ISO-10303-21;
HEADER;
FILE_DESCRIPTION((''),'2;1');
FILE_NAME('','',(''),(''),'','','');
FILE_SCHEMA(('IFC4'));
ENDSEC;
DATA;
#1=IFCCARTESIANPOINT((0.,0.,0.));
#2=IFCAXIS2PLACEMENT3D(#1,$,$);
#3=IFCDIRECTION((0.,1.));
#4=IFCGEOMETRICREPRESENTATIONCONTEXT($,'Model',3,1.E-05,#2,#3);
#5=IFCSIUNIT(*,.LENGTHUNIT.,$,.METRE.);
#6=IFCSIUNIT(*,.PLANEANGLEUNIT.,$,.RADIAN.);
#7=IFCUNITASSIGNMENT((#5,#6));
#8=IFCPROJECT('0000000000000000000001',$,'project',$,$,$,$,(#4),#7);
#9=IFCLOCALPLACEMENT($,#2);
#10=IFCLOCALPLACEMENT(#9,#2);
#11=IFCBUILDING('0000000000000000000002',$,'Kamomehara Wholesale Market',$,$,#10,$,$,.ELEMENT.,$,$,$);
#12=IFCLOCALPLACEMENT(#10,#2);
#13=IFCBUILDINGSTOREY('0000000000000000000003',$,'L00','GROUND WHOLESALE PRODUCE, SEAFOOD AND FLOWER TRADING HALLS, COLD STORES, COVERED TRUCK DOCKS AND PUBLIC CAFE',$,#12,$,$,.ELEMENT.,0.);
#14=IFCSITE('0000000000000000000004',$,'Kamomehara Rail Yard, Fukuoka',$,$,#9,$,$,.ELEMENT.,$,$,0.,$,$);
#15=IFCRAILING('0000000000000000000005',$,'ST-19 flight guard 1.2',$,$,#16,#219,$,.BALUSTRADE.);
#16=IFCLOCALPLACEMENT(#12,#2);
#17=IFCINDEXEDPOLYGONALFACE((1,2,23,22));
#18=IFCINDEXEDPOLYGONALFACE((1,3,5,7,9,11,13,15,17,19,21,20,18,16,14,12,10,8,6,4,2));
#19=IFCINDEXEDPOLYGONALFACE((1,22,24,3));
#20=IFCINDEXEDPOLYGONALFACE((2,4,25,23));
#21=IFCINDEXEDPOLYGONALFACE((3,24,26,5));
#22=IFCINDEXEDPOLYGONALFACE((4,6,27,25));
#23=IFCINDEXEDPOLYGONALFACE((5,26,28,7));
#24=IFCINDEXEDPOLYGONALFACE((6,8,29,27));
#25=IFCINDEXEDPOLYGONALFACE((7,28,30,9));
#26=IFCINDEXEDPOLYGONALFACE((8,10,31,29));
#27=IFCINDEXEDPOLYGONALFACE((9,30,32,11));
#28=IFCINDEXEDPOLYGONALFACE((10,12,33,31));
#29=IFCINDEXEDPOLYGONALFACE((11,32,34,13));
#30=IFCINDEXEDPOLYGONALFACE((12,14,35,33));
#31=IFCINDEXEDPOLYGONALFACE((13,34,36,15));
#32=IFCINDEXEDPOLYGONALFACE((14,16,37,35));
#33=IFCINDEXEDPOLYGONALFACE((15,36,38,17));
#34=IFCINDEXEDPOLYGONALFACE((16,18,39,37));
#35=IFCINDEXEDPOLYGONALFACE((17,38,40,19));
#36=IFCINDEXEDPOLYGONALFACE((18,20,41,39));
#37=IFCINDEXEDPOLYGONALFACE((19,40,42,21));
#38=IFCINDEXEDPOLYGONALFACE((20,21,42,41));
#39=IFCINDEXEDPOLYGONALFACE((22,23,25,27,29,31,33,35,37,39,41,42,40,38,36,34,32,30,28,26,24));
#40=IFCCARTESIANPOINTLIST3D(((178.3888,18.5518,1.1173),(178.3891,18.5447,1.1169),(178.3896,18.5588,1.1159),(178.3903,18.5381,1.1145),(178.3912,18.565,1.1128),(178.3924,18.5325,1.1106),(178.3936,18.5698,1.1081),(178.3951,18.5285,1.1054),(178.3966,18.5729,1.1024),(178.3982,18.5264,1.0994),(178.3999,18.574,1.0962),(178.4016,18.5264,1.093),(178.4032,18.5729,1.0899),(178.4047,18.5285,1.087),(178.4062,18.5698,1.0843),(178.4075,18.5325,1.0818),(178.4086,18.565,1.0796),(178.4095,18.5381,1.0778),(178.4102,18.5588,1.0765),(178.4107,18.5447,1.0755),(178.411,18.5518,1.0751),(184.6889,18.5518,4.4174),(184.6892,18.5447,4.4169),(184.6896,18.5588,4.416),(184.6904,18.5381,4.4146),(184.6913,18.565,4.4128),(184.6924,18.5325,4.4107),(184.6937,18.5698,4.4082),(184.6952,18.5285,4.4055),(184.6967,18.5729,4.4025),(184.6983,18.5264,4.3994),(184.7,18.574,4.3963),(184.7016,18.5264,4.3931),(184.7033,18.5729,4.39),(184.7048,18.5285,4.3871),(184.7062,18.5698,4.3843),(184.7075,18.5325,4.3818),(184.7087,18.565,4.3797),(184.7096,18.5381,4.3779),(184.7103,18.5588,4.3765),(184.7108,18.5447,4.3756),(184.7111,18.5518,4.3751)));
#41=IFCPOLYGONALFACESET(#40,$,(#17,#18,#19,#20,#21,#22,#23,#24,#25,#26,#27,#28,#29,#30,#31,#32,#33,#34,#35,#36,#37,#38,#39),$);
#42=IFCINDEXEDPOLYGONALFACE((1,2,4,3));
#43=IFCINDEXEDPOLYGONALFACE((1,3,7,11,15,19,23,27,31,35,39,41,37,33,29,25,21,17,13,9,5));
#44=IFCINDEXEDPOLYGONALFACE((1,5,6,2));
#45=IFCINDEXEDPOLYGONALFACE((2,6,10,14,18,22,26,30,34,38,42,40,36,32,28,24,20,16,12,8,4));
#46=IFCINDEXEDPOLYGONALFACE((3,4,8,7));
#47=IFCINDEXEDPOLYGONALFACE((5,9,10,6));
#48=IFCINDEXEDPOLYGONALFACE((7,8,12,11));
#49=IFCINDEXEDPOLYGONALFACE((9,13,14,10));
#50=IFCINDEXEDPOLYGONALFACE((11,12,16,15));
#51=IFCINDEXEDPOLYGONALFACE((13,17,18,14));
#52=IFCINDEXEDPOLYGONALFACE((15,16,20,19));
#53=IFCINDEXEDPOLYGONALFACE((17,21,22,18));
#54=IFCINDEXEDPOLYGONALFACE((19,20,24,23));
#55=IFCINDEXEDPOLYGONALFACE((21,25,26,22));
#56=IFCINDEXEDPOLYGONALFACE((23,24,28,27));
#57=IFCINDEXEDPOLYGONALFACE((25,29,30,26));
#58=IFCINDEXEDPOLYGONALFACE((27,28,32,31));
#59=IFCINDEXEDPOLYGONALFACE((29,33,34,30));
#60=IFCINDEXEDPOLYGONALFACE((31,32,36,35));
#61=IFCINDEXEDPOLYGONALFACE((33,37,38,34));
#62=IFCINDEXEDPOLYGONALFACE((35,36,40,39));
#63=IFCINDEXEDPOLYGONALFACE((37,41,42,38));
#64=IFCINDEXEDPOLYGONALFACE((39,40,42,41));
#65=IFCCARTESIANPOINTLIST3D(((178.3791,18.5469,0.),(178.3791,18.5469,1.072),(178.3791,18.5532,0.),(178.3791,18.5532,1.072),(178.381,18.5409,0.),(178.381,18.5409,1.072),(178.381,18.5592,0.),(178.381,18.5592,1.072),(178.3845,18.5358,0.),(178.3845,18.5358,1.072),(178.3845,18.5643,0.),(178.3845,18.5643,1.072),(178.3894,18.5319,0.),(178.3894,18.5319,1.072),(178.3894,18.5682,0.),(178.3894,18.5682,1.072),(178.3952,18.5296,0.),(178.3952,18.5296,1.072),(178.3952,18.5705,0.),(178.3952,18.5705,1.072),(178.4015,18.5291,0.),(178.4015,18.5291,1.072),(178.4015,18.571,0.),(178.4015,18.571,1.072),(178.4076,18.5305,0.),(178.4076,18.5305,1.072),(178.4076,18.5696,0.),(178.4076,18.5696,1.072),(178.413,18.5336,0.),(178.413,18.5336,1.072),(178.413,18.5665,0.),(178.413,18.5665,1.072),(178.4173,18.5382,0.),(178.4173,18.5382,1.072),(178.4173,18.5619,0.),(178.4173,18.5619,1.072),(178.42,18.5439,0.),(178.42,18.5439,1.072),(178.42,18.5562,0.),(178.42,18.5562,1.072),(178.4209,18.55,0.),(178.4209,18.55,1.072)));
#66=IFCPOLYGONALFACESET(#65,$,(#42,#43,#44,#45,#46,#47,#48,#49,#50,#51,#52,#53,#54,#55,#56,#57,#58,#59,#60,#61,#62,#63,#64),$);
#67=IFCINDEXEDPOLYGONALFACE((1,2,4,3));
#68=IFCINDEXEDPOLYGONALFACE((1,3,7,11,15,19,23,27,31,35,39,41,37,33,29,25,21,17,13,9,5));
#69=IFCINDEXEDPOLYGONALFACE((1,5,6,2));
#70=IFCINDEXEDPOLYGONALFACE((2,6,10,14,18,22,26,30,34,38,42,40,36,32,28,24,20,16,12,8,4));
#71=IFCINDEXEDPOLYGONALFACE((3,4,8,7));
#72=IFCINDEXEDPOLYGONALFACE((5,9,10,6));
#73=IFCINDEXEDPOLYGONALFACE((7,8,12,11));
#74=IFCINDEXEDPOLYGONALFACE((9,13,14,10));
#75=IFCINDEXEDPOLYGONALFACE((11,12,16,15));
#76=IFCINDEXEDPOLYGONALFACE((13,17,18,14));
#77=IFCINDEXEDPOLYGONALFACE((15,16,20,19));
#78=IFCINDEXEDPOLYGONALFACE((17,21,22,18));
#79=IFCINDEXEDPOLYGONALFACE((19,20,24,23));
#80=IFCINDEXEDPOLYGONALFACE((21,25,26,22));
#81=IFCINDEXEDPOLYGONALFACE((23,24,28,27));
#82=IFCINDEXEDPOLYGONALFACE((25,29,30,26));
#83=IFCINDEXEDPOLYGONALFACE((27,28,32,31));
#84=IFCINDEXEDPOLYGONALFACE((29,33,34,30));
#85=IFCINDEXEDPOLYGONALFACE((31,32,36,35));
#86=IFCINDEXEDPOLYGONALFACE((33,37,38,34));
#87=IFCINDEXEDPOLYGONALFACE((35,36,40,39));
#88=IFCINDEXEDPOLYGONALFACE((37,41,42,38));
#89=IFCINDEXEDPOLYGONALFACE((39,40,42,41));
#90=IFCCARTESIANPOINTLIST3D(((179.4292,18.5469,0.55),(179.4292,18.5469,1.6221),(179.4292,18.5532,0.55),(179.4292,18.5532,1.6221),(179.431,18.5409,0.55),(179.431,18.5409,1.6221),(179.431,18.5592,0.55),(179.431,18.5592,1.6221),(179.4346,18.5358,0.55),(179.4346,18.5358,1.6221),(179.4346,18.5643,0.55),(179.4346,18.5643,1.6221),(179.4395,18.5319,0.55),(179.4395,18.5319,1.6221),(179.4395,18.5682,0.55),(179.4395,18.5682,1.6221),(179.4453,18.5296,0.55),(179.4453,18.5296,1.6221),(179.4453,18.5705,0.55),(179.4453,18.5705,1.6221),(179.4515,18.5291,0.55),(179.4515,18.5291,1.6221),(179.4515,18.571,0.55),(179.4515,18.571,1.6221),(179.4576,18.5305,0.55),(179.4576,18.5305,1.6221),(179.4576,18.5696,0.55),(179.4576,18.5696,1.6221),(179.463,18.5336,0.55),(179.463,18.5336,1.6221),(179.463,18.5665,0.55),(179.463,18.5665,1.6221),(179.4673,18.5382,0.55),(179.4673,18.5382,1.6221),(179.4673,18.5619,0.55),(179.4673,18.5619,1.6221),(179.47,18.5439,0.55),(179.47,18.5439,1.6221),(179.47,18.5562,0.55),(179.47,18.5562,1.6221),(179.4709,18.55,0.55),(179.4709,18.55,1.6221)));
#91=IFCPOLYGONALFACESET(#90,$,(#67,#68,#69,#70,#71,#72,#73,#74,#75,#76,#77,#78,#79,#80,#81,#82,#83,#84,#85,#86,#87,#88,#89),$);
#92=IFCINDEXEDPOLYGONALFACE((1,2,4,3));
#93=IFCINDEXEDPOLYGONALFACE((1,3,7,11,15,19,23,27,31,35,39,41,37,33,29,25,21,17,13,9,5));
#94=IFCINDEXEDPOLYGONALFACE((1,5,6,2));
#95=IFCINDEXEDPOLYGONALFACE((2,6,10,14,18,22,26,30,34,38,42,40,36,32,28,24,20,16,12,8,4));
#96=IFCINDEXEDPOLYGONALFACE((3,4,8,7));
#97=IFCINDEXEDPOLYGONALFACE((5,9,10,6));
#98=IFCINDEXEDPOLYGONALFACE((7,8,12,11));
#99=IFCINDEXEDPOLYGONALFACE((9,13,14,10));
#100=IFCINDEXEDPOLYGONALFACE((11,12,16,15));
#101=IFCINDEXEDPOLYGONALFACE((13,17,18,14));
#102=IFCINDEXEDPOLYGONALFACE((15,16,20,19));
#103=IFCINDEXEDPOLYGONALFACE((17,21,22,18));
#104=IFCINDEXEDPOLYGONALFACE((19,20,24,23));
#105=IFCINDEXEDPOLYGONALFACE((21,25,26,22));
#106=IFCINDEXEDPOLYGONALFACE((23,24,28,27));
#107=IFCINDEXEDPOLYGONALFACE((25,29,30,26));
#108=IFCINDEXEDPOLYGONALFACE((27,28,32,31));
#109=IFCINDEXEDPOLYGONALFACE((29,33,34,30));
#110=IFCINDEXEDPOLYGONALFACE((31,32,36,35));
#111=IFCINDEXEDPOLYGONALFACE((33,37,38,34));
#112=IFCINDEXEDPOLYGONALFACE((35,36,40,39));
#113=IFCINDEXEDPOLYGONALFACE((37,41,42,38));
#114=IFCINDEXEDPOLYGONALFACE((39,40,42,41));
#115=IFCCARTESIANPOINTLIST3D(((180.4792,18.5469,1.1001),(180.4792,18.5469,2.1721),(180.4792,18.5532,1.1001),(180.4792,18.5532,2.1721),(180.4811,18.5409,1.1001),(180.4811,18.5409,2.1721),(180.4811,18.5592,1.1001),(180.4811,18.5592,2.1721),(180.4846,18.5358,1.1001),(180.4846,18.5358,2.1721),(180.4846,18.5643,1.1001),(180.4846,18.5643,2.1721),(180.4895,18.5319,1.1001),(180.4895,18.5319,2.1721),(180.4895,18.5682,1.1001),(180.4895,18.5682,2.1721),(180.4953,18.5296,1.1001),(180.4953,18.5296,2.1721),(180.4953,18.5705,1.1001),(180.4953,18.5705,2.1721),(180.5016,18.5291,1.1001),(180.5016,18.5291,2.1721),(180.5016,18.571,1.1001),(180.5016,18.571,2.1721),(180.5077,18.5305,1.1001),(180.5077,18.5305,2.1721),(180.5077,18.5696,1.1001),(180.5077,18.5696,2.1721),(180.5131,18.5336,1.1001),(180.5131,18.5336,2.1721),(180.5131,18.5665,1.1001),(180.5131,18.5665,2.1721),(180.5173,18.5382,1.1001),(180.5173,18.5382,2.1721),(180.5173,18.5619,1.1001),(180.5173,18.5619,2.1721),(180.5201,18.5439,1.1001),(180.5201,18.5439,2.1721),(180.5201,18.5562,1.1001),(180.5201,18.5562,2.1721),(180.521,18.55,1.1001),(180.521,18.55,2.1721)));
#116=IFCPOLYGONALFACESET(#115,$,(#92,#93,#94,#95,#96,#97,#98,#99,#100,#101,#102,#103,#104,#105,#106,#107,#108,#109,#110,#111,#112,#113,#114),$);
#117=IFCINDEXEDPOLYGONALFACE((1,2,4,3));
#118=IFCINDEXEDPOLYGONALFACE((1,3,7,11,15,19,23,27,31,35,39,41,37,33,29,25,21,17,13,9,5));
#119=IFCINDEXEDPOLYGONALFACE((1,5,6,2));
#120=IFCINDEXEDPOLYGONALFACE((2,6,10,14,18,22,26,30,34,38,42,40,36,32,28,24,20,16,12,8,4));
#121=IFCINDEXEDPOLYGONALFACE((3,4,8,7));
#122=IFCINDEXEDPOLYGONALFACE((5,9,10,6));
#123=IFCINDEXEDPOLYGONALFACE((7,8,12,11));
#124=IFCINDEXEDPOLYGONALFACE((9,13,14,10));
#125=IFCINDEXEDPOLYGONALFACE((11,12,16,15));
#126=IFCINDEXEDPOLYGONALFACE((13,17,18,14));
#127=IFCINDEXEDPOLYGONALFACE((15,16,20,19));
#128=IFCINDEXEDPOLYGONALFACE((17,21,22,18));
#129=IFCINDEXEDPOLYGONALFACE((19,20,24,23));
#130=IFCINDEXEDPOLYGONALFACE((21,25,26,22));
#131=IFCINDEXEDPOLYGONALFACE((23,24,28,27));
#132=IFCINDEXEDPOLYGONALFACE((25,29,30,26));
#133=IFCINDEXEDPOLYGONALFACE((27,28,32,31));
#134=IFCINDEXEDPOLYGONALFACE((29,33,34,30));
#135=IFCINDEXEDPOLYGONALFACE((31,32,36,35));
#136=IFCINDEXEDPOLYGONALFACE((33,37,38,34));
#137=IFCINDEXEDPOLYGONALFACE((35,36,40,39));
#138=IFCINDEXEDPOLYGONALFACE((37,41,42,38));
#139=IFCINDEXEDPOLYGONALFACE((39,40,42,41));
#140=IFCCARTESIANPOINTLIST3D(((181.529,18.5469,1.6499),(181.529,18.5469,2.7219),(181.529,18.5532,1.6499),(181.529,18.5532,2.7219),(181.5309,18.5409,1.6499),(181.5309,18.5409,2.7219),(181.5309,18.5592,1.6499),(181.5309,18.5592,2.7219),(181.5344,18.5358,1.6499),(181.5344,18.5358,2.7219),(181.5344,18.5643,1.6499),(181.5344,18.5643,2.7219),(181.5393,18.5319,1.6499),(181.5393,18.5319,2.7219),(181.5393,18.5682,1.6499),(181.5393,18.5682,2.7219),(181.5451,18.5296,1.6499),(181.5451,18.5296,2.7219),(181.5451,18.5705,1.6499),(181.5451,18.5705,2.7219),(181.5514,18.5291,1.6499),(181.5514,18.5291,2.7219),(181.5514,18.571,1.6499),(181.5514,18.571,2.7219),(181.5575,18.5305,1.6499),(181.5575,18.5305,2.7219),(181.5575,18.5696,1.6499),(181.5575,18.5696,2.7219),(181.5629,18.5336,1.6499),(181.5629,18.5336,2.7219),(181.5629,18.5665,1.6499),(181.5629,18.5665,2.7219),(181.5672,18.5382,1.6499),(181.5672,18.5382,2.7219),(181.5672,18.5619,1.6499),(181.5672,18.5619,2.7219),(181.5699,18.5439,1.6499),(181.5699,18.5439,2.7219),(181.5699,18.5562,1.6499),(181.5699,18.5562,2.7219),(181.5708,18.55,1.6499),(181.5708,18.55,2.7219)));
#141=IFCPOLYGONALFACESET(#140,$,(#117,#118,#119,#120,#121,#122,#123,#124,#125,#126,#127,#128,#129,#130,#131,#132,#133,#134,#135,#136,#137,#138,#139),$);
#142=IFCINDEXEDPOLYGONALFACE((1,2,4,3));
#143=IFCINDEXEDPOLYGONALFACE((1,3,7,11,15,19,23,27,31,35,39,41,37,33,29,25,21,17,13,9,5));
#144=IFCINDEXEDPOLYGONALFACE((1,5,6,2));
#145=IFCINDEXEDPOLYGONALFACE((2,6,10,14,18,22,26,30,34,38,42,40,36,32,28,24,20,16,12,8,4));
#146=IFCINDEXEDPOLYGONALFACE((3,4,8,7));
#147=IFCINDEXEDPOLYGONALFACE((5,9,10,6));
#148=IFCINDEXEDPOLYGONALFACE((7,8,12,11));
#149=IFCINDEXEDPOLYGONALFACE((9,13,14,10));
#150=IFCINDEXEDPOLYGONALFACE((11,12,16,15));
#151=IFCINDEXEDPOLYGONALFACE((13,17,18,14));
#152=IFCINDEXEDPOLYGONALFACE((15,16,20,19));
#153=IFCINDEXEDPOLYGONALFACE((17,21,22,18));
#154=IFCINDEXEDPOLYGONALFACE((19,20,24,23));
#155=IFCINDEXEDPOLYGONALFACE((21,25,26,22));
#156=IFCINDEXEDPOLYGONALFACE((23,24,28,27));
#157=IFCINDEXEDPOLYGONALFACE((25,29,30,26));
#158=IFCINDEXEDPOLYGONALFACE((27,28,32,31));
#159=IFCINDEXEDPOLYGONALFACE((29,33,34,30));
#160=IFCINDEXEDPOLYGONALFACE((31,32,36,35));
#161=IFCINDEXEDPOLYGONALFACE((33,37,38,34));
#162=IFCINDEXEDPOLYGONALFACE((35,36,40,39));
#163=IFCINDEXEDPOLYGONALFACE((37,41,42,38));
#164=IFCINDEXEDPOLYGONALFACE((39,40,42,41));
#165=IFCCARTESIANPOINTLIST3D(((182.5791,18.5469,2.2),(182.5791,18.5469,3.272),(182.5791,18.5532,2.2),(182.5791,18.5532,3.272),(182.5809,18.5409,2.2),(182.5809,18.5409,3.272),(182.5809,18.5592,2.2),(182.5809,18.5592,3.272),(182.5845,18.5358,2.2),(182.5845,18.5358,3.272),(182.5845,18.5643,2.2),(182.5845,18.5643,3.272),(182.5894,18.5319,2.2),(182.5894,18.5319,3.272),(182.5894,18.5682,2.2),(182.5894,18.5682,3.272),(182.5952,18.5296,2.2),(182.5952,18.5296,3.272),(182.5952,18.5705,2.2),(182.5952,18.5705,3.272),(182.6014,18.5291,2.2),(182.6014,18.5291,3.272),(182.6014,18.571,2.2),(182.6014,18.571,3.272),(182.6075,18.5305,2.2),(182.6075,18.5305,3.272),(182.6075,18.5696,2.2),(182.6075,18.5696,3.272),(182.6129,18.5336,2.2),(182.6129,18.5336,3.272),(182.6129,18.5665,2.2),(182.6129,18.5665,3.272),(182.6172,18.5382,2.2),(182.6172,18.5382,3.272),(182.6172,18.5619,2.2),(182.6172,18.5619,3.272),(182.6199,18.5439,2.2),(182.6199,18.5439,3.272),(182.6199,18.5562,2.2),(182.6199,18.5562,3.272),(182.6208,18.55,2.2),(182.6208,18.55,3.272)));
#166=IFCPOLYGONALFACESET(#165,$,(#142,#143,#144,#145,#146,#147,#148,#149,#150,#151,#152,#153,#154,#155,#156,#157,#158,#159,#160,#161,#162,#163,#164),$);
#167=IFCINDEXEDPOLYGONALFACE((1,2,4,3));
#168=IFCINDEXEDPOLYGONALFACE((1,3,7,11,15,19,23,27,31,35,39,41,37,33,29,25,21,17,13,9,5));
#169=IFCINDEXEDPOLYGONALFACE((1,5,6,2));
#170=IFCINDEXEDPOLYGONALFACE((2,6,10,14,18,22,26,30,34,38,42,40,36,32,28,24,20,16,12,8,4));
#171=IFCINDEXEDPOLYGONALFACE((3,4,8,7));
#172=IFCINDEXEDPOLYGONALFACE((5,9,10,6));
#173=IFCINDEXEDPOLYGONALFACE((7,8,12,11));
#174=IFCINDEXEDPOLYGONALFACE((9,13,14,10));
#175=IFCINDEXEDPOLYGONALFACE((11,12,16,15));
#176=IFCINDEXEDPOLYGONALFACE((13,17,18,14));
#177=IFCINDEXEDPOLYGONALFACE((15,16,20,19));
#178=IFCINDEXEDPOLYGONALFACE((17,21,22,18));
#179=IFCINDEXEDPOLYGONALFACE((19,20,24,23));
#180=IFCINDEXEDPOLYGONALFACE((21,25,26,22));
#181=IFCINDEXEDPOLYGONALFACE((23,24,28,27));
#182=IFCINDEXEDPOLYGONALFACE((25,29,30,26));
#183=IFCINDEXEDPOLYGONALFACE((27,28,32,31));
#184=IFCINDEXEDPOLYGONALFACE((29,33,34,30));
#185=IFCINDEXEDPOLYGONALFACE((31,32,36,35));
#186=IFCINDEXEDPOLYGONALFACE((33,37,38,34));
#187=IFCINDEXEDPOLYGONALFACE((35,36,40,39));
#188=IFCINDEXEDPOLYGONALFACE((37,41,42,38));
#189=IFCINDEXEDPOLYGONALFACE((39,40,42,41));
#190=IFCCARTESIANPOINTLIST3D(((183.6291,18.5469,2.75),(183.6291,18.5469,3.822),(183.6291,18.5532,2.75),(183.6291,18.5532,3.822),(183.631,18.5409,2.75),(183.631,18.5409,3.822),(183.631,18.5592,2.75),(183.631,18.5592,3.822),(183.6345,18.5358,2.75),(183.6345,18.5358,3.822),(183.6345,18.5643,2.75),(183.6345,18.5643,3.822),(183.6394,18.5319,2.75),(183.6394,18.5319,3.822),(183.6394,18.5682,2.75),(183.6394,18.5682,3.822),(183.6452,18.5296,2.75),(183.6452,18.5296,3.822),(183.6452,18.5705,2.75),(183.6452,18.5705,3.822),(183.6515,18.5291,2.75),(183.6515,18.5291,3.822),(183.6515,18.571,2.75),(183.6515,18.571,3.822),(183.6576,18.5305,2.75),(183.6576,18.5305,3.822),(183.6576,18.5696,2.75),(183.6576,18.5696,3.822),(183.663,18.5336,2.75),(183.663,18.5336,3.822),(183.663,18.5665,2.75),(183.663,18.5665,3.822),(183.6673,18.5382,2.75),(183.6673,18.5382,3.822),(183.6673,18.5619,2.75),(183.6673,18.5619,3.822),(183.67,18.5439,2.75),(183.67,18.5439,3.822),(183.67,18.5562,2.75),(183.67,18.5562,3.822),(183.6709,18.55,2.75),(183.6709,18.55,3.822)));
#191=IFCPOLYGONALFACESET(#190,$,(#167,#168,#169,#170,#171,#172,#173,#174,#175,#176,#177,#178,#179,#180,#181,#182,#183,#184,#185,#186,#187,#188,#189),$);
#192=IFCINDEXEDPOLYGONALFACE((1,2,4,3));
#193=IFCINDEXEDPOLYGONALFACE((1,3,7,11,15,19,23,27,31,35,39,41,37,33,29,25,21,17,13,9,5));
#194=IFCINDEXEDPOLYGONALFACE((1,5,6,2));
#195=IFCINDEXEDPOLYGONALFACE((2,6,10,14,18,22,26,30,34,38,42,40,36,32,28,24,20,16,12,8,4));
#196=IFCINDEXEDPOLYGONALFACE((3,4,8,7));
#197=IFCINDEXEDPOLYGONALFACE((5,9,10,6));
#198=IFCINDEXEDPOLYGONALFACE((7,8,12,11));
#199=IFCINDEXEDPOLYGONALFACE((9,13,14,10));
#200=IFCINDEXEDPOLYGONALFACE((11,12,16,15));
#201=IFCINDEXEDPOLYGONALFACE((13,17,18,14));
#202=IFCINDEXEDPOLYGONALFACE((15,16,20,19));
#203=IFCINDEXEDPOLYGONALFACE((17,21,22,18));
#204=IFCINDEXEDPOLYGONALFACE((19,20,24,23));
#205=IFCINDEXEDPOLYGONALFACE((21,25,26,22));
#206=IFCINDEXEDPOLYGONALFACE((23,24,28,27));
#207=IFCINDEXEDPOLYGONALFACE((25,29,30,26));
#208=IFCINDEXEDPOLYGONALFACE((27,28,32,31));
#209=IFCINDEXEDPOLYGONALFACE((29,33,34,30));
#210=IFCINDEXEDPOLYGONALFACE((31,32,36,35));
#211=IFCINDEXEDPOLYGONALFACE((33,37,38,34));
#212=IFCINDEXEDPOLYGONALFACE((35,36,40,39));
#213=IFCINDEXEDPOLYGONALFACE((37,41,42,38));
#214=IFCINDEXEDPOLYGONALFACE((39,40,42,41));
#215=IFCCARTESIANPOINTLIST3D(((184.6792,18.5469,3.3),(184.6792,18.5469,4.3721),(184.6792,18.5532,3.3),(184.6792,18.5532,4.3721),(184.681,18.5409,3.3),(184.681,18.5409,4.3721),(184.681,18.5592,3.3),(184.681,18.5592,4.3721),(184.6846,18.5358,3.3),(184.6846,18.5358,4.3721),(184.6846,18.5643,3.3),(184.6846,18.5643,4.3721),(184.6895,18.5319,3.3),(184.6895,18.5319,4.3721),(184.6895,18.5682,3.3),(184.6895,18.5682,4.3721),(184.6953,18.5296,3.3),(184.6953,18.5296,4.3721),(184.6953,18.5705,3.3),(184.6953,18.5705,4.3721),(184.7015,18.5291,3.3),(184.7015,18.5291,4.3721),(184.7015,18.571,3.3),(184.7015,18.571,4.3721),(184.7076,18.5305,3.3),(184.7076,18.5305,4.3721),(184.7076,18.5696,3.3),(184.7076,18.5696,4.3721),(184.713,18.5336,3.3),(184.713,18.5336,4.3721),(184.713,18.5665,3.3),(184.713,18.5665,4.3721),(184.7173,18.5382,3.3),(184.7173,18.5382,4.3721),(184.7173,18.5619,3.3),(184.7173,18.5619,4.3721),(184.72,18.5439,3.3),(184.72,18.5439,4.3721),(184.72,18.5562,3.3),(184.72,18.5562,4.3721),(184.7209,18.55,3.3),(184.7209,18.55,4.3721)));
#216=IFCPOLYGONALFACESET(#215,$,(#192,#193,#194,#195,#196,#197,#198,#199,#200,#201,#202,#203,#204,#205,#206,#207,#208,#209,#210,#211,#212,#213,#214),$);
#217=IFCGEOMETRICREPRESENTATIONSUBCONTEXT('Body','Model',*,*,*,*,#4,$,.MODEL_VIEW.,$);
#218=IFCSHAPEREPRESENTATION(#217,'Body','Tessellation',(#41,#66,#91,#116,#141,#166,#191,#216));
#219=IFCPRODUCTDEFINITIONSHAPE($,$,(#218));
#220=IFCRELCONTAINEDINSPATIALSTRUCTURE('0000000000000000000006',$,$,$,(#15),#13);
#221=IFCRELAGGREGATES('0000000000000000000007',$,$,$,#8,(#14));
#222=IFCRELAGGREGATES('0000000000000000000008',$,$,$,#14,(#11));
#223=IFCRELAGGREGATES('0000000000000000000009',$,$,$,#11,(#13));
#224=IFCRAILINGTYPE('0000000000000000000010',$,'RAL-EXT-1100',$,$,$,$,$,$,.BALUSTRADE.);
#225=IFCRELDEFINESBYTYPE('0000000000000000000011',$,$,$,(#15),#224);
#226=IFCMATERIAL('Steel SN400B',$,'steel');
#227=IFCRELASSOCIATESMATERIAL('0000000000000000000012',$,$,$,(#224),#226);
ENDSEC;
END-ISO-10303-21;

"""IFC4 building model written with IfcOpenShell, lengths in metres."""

from ifc_helpers import new_model, si_unit, direction, frame, origin, origin_2d, place, context, subcontext, project, spatial, circle, extrude, material, type_object, element, save


model = new_model("IFC4")

# Units and contexts
model_context = context("Model", 3, precision=1e-05, world=origin(), true_north=direction((0.0, 1.0)))
body_context = subcontext(model_context, "Body", "Model", "MODEL_VIEW")
ifc_project = project(units=[si_unit("LENGTHUNIT", "METRE"), si_unit("PLANEANGLEUNIT", "RADIAN")], contexts=[model_context])

# Site, building, storey
site_placement = place(None, origin())
site = spatial("IfcSite", under=ifc_project, at=site_placement, Name="Kamomehara Rail Yard, Fukuoka", CompositionType="ELEMENT", RefElevation=0.0)
building_placement = place(site_placement, origin())
building = spatial("IfcBuilding", under=site, at=building_placement, Name="Kamomehara Wholesale Market", CompositionType="ELEMENT")
storey_placement = place(building_placement, origin())
storey = spatial("IfcBuildingStorey", under=building, at=storey_placement, Name="L00", Description="GROUND WHOLESALE PRODUCE, SEAFOOD AND FLOWER TRADING HALLS, COLD STORES, COVERED TRUCK DOCKS AND PUBLIC CAFE", CompositionType="ELEMENT", Elevation=0.0)

# Railing
ifc_material_1 = material(Name="Steel SN400B", Category="steel")
railing_type_1 = type_object("IfcRailingType", Name="RAL-EXT-1100", PredefinedType="BALUSTRADE", material=ifc_material_1)
railing_1_placement = place(storey_placement, frame((178.3999, 18.55, 0.0)))
element("IfcRailing", 1, at=railing_1_placement, inside=storey, type_object=railing_type_1, Name="ST-19 flight guard 1.2", PredefinedType="BALUSTRADE", context=body_context, shape_type="SweptSolid", body=[
    extrude(circle(Radius=0.0239, at=origin_2d()), frame((0.0, 0.0, 1.0962), z_axis=(0.88583, 0.0, 0.46401), x_axis=(0.0, 1.0, 0.0)), (0.0, 0.0, 1.0), 7.1121),
    extrude(circle(Radius=0.021, at=origin_2d()), origin(), (0.0, 0.0, 1.0), 1.072),
    extrude(circle(Radius=0.021, at=origin_2d()), frame((1.05, 0.0, 0.55)), (0.0, 0.0, 1.0), 1.072),
    extrude(circle(Radius=0.021, at=origin_2d()), frame((2.1001, 0.0, 1.1001)), (0.0, 0.0, 1.0), 1.072),
    extrude(circle(Radius=0.021, at=origin_2d()), frame((3.1499, 0.0, 1.6499)), (0.0, 0.0, 1.0), 1.072),
    extrude(circle(Radius=0.021, at=origin_2d()), frame((4.2, 0.0, 2.2)), (0.0, 0.0, 1.0), 1.072),
    extrude(circle(Radius=0.021, at=origin_2d()), frame((5.25, 0.0, 2.75)), (0.0, 0.0, 1.0), 1.072),
    extrude(circle(Radius=0.021, at=origin_2d()), frame((6.3, 0.0, 3.3)), (0.0, 0.0, 1.0), 1.072),
])

save(model, "model.ifc")
